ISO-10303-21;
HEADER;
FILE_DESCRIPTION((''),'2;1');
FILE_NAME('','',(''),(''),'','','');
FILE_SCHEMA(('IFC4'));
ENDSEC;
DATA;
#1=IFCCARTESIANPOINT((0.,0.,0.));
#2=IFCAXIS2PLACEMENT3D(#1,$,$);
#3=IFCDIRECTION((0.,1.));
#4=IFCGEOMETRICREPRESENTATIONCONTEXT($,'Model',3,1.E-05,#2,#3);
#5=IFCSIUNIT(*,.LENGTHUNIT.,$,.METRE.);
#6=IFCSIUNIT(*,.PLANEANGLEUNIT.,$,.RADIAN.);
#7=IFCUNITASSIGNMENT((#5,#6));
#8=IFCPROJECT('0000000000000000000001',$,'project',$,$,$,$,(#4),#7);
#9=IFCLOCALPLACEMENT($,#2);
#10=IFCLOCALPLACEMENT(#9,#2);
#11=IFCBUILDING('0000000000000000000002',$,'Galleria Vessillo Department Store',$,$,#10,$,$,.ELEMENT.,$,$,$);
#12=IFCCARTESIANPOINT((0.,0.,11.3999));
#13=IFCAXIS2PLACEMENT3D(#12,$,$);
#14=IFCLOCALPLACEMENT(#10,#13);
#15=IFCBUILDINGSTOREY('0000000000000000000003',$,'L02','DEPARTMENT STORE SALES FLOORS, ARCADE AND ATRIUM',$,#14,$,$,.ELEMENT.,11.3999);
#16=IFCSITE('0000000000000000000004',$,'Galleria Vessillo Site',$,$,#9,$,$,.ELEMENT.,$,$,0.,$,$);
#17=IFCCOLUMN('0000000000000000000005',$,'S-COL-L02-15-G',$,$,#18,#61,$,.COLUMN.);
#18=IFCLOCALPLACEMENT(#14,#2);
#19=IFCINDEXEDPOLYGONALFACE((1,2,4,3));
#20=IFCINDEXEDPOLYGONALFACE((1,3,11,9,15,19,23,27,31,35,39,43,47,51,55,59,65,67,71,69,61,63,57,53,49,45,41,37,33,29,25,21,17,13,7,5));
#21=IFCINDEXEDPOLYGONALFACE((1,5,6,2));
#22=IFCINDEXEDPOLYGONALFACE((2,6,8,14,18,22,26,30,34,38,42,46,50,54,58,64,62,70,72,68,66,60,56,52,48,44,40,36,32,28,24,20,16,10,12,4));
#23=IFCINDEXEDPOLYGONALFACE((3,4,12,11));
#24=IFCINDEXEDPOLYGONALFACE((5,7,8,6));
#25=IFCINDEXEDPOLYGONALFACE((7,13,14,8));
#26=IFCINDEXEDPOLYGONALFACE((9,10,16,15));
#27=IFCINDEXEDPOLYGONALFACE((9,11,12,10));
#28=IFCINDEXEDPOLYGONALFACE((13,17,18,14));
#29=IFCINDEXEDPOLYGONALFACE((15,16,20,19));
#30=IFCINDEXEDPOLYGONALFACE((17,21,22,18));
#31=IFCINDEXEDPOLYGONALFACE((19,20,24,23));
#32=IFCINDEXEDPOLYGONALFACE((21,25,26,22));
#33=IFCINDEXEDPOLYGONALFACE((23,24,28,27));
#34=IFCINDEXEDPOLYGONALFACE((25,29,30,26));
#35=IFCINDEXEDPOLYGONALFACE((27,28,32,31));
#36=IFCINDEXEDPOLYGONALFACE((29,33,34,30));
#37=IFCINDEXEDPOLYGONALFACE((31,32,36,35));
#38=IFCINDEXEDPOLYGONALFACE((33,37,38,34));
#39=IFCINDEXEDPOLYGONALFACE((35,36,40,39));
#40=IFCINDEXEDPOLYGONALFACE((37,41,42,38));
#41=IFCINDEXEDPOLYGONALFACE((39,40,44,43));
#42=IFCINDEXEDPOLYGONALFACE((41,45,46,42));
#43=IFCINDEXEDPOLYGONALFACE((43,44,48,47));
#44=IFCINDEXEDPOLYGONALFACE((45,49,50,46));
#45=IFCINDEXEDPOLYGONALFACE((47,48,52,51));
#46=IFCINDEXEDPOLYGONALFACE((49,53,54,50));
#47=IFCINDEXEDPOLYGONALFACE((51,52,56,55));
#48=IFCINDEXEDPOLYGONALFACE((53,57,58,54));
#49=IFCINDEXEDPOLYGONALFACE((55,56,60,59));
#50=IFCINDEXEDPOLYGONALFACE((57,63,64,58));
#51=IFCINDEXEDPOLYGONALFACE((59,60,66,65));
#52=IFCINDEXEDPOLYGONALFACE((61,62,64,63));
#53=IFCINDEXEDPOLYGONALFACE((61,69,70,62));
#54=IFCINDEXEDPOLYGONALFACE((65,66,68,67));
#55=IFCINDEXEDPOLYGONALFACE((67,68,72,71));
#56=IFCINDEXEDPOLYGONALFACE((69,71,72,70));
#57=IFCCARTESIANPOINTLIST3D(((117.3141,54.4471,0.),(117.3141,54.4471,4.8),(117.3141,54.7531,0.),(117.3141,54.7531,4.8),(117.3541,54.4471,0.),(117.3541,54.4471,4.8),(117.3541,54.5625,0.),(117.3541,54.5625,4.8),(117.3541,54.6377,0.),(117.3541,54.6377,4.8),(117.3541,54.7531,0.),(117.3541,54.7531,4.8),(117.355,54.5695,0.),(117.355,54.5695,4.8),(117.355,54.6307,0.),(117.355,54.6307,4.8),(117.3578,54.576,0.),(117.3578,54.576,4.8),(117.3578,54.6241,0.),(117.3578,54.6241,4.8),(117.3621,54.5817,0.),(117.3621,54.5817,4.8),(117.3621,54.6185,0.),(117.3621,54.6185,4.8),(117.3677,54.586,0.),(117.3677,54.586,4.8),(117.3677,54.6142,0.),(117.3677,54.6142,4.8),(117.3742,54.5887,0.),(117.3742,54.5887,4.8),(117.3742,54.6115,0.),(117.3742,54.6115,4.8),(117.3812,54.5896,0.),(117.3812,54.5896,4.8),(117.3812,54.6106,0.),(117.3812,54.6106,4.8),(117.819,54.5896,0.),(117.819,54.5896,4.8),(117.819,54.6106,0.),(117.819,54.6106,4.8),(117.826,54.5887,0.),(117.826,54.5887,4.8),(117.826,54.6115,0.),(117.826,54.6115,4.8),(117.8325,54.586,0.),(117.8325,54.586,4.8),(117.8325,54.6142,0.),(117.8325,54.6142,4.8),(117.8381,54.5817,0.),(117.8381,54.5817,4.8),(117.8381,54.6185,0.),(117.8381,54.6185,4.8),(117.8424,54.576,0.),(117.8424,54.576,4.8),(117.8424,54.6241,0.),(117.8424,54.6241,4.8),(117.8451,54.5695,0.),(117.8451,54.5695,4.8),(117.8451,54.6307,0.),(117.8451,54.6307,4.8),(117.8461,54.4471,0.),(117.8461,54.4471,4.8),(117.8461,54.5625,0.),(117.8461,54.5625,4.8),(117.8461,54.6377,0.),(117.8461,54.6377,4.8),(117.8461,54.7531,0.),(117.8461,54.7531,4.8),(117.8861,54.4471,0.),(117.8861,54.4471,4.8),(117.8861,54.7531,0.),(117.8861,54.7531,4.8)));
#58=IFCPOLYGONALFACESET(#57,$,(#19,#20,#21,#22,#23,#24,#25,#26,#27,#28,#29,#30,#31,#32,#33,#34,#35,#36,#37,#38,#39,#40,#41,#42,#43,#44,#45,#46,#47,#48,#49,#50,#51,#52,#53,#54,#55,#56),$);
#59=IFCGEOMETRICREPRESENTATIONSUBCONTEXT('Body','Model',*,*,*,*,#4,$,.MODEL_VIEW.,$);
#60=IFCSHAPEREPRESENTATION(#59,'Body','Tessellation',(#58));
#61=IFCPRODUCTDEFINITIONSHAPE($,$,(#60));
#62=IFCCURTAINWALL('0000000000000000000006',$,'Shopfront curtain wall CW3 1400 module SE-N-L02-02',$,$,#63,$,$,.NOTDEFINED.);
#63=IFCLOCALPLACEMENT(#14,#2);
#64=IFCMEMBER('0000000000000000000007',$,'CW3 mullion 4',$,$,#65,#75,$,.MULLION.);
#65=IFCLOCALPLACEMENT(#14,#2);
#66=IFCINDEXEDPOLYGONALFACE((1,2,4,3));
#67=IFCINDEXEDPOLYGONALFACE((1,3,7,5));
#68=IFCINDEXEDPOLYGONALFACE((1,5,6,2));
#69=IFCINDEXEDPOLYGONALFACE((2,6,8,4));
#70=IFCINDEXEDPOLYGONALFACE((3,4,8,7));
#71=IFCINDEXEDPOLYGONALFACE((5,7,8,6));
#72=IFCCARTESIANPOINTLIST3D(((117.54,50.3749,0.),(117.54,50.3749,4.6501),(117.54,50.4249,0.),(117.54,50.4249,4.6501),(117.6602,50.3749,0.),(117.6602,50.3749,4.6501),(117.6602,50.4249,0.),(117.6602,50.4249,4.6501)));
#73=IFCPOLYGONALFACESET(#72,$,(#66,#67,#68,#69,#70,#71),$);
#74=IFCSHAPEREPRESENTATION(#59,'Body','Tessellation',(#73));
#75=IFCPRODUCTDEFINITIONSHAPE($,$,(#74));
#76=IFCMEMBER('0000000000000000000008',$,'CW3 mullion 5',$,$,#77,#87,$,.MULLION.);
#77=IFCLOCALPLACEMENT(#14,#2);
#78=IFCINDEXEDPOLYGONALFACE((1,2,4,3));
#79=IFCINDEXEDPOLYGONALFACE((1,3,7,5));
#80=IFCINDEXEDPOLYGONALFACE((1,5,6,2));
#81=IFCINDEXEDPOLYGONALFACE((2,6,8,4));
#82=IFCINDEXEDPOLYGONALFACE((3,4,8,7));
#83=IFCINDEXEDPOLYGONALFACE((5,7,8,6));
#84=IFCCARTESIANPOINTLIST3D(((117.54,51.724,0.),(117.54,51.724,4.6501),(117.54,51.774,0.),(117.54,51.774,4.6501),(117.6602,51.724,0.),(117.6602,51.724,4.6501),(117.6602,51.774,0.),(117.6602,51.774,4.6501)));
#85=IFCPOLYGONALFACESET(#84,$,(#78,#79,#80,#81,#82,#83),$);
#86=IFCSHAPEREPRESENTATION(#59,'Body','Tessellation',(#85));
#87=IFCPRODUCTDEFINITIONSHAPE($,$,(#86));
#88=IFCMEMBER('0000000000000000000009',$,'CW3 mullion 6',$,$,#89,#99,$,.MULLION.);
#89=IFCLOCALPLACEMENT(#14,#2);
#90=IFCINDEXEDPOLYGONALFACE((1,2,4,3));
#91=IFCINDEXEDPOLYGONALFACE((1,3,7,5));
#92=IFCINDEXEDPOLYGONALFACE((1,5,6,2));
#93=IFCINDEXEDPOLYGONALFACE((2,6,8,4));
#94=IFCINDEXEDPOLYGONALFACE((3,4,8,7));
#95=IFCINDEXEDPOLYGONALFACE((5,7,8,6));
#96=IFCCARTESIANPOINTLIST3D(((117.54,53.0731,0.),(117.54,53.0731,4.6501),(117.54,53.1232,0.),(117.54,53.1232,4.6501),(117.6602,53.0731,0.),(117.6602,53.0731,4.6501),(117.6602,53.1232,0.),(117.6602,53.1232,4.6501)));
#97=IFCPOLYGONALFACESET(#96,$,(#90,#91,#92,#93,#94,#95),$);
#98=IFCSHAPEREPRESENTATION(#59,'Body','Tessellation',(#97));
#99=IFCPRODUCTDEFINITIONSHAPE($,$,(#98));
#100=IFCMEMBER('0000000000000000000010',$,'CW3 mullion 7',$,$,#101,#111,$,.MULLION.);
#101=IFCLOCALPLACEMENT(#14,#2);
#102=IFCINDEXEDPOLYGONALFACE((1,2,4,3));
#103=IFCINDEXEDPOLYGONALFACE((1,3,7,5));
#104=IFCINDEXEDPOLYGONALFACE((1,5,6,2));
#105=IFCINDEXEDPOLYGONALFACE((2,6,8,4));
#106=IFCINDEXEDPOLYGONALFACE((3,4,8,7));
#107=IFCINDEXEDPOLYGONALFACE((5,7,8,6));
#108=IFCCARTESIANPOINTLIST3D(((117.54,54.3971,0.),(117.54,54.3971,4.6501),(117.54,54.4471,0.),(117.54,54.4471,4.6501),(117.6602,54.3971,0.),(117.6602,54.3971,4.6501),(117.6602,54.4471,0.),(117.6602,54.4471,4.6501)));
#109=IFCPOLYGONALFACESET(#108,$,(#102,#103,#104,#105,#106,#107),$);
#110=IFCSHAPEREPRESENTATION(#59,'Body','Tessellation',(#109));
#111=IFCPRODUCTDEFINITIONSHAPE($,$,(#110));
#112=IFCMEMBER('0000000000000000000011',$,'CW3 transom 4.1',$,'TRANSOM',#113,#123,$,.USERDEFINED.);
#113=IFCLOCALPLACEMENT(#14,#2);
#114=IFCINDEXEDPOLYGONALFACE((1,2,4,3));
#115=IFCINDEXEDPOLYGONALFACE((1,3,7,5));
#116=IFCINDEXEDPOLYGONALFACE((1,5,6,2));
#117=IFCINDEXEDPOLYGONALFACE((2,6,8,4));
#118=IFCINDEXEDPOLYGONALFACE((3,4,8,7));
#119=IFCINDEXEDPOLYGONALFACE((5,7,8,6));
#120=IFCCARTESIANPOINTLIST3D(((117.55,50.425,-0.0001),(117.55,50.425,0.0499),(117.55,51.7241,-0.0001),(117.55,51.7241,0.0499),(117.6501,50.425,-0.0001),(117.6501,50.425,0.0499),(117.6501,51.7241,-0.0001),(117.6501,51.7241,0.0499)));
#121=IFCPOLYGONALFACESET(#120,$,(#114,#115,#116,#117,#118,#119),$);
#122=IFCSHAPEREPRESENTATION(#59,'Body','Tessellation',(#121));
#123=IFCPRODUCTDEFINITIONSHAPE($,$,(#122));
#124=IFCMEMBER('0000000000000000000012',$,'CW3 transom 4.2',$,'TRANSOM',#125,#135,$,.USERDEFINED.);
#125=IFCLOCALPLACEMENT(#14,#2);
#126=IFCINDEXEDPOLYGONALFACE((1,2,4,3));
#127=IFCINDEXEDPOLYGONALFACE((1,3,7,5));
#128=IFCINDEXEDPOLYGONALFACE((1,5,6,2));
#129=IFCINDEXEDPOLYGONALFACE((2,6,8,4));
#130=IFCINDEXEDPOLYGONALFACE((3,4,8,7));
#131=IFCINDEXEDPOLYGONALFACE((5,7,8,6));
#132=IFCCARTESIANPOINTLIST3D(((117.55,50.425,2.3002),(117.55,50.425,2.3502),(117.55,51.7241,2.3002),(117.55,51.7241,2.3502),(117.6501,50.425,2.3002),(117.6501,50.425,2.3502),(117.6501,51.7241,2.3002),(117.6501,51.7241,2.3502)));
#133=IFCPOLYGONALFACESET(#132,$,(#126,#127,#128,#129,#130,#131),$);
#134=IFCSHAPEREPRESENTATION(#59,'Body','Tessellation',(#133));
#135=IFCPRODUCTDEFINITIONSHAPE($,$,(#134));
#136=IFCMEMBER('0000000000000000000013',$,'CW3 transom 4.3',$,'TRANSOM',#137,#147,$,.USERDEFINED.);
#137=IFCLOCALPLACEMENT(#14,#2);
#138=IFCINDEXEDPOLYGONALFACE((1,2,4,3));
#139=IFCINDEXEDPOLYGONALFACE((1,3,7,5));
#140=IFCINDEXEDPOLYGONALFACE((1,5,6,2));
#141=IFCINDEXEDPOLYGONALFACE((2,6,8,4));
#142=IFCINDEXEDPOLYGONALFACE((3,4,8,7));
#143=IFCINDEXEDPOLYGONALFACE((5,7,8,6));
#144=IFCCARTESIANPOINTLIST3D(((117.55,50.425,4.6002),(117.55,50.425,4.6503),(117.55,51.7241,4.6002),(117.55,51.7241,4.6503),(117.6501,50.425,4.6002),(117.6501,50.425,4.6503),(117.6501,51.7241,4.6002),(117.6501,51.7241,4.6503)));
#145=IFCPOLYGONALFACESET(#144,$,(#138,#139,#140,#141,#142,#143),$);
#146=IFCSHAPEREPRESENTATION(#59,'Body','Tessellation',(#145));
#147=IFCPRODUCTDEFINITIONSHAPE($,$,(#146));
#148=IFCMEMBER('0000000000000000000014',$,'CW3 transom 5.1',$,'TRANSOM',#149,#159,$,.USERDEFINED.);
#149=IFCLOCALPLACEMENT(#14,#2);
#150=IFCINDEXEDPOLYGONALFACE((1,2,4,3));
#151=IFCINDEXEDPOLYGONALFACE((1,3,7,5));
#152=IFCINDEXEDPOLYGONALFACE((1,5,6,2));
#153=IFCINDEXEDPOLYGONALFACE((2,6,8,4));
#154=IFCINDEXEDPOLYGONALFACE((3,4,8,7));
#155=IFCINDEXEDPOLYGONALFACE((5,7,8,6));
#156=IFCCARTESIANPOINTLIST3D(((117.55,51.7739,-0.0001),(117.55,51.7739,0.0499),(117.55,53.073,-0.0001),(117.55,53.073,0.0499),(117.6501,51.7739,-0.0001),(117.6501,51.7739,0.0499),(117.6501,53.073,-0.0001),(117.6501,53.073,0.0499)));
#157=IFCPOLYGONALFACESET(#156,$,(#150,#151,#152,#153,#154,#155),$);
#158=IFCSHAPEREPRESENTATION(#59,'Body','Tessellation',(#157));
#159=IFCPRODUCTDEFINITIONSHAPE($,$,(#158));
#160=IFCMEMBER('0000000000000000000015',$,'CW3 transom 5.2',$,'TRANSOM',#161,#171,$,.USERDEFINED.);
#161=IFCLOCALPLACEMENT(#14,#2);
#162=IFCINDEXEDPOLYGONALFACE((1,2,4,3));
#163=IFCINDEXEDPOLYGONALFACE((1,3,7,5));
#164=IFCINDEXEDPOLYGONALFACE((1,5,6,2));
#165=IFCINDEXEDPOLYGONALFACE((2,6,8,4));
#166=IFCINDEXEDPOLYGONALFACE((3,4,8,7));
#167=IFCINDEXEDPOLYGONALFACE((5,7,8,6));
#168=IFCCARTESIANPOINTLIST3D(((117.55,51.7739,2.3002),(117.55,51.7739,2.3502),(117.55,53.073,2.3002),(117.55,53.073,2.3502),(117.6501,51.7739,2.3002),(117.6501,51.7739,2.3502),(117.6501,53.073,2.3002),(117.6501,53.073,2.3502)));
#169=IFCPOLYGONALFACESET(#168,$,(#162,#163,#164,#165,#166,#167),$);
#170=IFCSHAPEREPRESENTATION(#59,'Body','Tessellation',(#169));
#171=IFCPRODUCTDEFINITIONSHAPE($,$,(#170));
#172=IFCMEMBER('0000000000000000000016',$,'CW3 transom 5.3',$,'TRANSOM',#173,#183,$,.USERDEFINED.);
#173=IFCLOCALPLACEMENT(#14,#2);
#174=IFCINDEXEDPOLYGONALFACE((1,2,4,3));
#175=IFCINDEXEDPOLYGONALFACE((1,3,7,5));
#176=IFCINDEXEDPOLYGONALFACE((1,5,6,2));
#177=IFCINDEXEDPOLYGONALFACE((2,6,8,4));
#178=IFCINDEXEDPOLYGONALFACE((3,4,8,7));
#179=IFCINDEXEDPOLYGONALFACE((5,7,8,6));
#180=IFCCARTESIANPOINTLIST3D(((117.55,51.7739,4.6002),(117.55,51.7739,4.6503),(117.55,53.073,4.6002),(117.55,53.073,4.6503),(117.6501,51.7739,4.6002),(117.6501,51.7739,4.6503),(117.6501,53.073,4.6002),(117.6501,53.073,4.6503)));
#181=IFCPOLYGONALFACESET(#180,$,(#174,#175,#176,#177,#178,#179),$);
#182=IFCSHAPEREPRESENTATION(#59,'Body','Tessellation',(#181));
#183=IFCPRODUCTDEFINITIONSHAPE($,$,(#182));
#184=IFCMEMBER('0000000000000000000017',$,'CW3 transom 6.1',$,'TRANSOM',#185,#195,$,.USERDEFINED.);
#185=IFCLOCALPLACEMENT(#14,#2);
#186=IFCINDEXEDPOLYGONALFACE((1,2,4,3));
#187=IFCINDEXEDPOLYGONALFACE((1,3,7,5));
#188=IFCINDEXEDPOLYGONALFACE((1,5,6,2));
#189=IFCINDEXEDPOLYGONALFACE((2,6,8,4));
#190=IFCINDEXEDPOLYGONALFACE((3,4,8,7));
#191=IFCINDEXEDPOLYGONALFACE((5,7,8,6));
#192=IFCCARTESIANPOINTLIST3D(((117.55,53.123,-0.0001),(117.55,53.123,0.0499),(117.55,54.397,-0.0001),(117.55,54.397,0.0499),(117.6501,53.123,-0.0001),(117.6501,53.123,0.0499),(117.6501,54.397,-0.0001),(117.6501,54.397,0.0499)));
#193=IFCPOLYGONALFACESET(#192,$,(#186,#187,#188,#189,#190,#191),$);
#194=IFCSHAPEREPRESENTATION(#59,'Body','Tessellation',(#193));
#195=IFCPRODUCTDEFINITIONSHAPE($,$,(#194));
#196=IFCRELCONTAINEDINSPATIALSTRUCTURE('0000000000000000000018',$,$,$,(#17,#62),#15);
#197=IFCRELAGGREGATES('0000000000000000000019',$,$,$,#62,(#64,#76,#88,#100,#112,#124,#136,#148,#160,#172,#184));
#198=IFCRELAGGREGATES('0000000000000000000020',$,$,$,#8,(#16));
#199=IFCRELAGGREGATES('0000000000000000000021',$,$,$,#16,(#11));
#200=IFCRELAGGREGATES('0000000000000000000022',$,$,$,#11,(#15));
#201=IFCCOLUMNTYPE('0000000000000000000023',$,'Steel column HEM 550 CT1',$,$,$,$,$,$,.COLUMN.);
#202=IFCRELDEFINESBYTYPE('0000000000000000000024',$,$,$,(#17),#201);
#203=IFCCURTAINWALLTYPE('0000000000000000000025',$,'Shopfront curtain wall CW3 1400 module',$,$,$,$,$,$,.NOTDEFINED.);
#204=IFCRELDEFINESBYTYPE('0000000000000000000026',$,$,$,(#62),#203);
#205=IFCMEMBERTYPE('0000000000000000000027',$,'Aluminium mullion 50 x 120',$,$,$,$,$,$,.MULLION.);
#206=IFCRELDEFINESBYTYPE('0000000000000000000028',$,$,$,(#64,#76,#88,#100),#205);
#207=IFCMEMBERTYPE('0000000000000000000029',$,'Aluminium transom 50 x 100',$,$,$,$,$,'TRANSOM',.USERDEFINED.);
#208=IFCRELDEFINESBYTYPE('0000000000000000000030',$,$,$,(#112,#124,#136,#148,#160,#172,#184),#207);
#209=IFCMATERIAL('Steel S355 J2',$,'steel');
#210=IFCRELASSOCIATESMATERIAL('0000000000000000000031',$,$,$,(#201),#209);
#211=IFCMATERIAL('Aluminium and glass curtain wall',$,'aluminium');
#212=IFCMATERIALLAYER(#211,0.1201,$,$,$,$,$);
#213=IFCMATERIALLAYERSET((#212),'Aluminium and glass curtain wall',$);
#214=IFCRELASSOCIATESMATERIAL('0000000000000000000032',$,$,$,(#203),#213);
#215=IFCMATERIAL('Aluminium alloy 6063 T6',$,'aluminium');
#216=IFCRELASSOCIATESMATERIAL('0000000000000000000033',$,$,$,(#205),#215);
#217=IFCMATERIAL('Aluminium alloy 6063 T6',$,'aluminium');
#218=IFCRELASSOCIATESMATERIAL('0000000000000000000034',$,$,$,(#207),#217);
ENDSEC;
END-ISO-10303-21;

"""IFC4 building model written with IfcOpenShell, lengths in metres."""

from ifc_helpers import new_model, si_unit, direction, frame, origin, origin_2d, place, context, subcontext, project, spatial, rectangle, i_section, extrude, material, layer, layer_set, material_profile, profile_set, type_object, element, aggregate, save


model = new_model("IFC4")

# Units and contexts
model_context = context("Model", 3, precision=1e-05, world=origin(), true_north=direction((0.0, 1.0)))
body_context = subcontext(model_context, "Body", "Model", "MODEL_VIEW")
ifc_project = project(units=[si_unit("LENGTHUNIT", "METRE"), si_unit("PLANEANGLEUNIT", "RADIAN")], contexts=[model_context])

# Site, building, storey
site_placement = place(None, origin())
site = spatial("IfcSite", under=ifc_project, at=site_placement, Name="Galleria Vessillo Site", CompositionType="ELEMENT", RefElevation=0.0)
building_placement = place(site_placement, origin())
building = spatial("IfcBuilding", under=site, at=building_placement, Name="Galleria Vessillo Department Store", CompositionType="ELEMENT")
storey_placement = place(building_placement, frame((0.0, 0.0, 11.3999)))
storey = spatial("IfcBuildingStorey", under=building, at=storey_placement, Name="L02", Description="DEPARTMENT STORE SALES FLOORS, ARCADE AND ATRIUM", CompositionType="ELEMENT", Elevation=11.3999)

# Column
ifc_material_1 = material(Name="Steel S355 J2", Category="steel")
ifc_material_profile_1 = material_profile(ifc_material_1, i_section(OverallWidth=0.3059, OverallDepth=0.572, WebThickness=0.021, FlangeThickness=0.04, FilletRadius=0.0271, at=origin_2d()), Name="HEM 550")
ifc_profile_set_1 = profile_set([ifc_material_profile_1], Name="Steel S355 J2")
column_type = type_object("IfcColumnType", Name="Steel column HEM 550 CT1", PredefinedType="COLUMN", material=ifc_profile_set_1)
column_placement = place(storey_placement, frame((117.6001, 54.6001, 0.0), z_axis=(0.0, 0.0, 1.0), x_axis=(0.0, 1.0, 0.0)))
element("IfcColumn", 1, at=column_placement, inside=storey, type_object=column_type, Name="S-COL-L02-15-G", PredefinedType="COLUMN", context=body_context, shape_type="SweptSolid", body=[
    extrude(i_section(OverallWidth=0.3059, OverallDepth=0.572, WebThickness=0.021, FlangeThickness=0.04, FilletRadius=0.0271, at=origin_2d()), origin(), (0.0, 0.0, 1.0), 4.8),
])

# Curtain wall, members
ifc_material_2 = material(Name="Aluminium and glass curtain wall", Category="aluminium")
ifc_layer_1 = layer(ifc_material_2, 0.1201)
ifc_layer_set_1 = layer_set([ifc_layer_1], Name="Aluminium and glass curtain wall")
curtain_wall_type = type_object("IfcCurtainWallType", Name="Shopfront curtain wall CW3 1400 module", PredefinedType="NOTDEFINED", material=ifc_layer_set_1)
curtain_wall_placement = place(storey_placement, origin())
curtain_wall = element("IfcCurtainWall", 2, at=curtain_wall_placement, inside=storey, type_object=curtain_wall_type, Name="Shopfront curtain wall CW3 1400 module SE-N-L02-02", PredefinedType="NOTDEFINED")
ifc_material_3 = material(Name="Aluminium alloy 6063 T6", Category="aluminium")
ifc_material_profile_2 = material_profile(ifc_material_3, rectangle(XDim=0.1201, YDim=0.05, at=origin_2d()), Name="AL 50x120")
ifc_profile_set_2 = profile_set([ifc_material_profile_2], Name="Aluminium alloy 6063 T6")
member_type_1 = type_object("IfcMemberType", Name="Aluminium mullion 50 x 120", PredefinedType="MULLION", material=ifc_profile_set_2)
member_1_placement = place(storey_placement, frame((117.6001, 50.3999, 0.0), z_axis=(0.0, 0.0, 1.0), x_axis=(-1.0, 0.0, 0.0)))
member_1 = element("IfcMember", 3, at=member_1_placement, type_object=member_type_1, Name="CW3 mullion 4", PredefinedType="MULLION", context=body_context, shape_type="SweptSolid", body=[
    extrude(rectangle(XDim=0.1201, YDim=0.05, at=origin_2d()), origin(), (0.0, 0.0, 1.0), 4.6501),
])
member_2_placement = place(storey_placement, frame((117.6001, 51.749, 0.0), z_axis=(0.0, 0.0, 1.0), x_axis=(-1.0, 0.0, 0.0)))
member_2 = element("IfcMember", 4, at=member_2_placement, type_object=member_type_1, Name="CW3 mullion 5", PredefinedType="MULLION", context=body_context, shape_type="SweptSolid", body=[
    extrude(rectangle(XDim=0.1201, YDim=0.05, at=origin_2d()), origin(), (0.0, 0.0, 1.0), 4.6501),
])
member_3_placement = place(storey_placement, frame((117.6001, 53.0981, 0.0), z_axis=(0.0, 0.0, 1.0), x_axis=(-1.0, 0.0, 0.0)))
member_3 = element("IfcMember", 5, at=member_3_placement, type_object=member_type_1, Name="CW3 mullion 6", PredefinedType="MULLION", context=body_context, shape_type="SweptSolid", body=[
    extrude(rectangle(XDim=0.1201, YDim=0.05, at=origin_2d()), origin(), (0.0, 0.0, 1.0), 4.6501),
])
member_4_placement = place(storey_placement, frame((117.6001, 54.4221, 0.0), z_axis=(0.0, 0.0, 1.0), x_axis=(-1.0, 0.0, 0.0)))
member_4 = element("IfcMember", 6, at=member_4_placement, type_object=member_type_1, Name="CW3 mullion 7", PredefinedType="MULLION", context=body_context, shape_type="SweptSolid", body=[
    extrude(rectangle(XDim=0.1201, YDim=0.05, at=origin_2d()), origin(), (0.0, 0.0, 1.0), 4.6501),
])
ifc_material_4 = material(Name="Aluminium alloy 6063 T6", Category="aluminium")
ifc_material_profile_3 = material_profile(ifc_material_4, rectangle(XDim=0.1001, YDim=0.05, at=origin_2d()), Name="AL 50x100")
ifc_profile_set_3 = profile_set([ifc_material_profile_3], Name="Aluminium alloy 6063 T6")
member_type_2 = type_object("IfcMemberType", Name="Aluminium transom 50 x 100", ElementType="TRANSOM", PredefinedType="USERDEFINED", material=ifc_profile_set_3)
member_5_placement = place(storey_placement, frame((117.6001, 50.425, 0.0249), z_axis=(0.0, 1.0, 0.0), x_axis=(-1.0, 0.0, 0.0)))
member_5 = element("IfcMember", 7, at=member_5_placement, type_object=member_type_2, Name="CW3 transom 4.1", ObjectType="TRANSOM", PredefinedType="USERDEFINED", context=body_context, shape_type="SweptSolid", body=[
    extrude(rectangle(XDim=0.1001, YDim=0.05, at=origin_2d()), origin(), (0.0, 0.0, 1.0), 1.2991),
])
member_6_placement = place(storey_placement, frame((117.6001, 50.425, 2.3252), z_axis=(0.0, 1.0, 0.0), x_axis=(-1.0, 0.0, 0.0)))
member_6 = element("IfcMember", 8, at=member_6_placement, type_object=member_type_2, Name="CW3 transom 4.2", ObjectType="TRANSOM", PredefinedType="USERDEFINED", context=body_context, shape_type="SweptSolid", body=[
    extrude(rectangle(XDim=0.1001, YDim=0.05, at=origin_2d()), origin(), (0.0, 0.0, 1.0), 1.2991),
])
member_7_placement = place(storey_placement, frame((117.6001, 50.425, 4.6252), z_axis=(0.0, 1.0, 0.0), x_axis=(-1.0, 0.0, 0.0)))
member_7 = element("IfcMember", 9, at=member_7_placement, type_object=member_type_2, Name="CW3 transom 4.3", ObjectType="TRANSOM", PredefinedType="USERDEFINED", context=body_context, shape_type="SweptSolid", body=[
    extrude(rectangle(XDim=0.1001, YDim=0.05, at=origin_2d()), origin(), (0.0, 0.0, 1.0), 1.2991),
])
member_8_placement = place(storey_placement, frame((117.6001, 51.7739, 0.0249), z_axis=(0.0, 1.0, 0.0), x_axis=(-1.0, 0.0, 0.0)))
member_8 = element("IfcMember", 10, at=member_8_placement, type_object=member_type_2, Name="CW3 transom 5.1", ObjectType="TRANSOM", PredefinedType="USERDEFINED", context=body_context, shape_type="SweptSolid", body=[
    extrude(rectangle(XDim=0.1001, YDim=0.05, at=origin_2d()), origin(), (0.0, 0.0, 1.0), 1.2991),
])
member_9_placement = place(storey_placement, frame((117.6001, 51.7739, 2.3252), z_axis=(0.0, 1.0, 0.0), x_axis=(-1.0, 0.0, 0.0)))
member_9 = element("IfcMember", 11, at=member_9_placement, type_object=member_type_2, Name="CW3 transom 5.2", ObjectType="TRANSOM", PredefinedType="USERDEFINED", context=body_context, shape_type="SweptSolid", body=[
    extrude(rectangle(XDim=0.1001, YDim=0.05, at=origin_2d()), origin(), (0.0, 0.0, 1.0), 1.2991),
])
member_10_placement = place(storey_placement, frame((117.6001, 51.7739, 4.6252), z_axis=(0.0, 1.0, 0.0), x_axis=(-1.0, 0.0, 0.0)))
member_10 = element("IfcMember", 12, at=member_10_placement, type_object=member_type_2, Name="CW3 transom 5.3", ObjectType="TRANSOM", PredefinedType="USERDEFINED", context=body_context, shape_type="SweptSolid", body=[
    extrude(rectangle(XDim=0.1001, YDim=0.05, at=origin_2d()), origin(), (0.0, 0.0, 1.0), 1.2991),
])
member_11_placement = place(storey_placement, frame((117.6001, 53.123, 0.0249), z_axis=(0.0, 1.0, 0.0), x_axis=(-1.0, 0.0, 0.0)))
member_11 = element("IfcMember", 13, at=member_11_placement, type_object=member_type_2, Name="CW3 transom 6.1", ObjectType="TRANSOM", PredefinedType="USERDEFINED", context=body_context, shape_type="SweptSolid", body=[
    extrude(rectangle(XDim=0.1001, YDim=0.05, at=origin_2d()), origin(), (0.0, 0.0, 1.0), 1.2739),
])
aggregate(curtain_wall, [member_1, member_2, member_3, member_4, member_5, member_6, member_7, member_8, member_9, member_10, member_11])

save(model, "model.ifc")
